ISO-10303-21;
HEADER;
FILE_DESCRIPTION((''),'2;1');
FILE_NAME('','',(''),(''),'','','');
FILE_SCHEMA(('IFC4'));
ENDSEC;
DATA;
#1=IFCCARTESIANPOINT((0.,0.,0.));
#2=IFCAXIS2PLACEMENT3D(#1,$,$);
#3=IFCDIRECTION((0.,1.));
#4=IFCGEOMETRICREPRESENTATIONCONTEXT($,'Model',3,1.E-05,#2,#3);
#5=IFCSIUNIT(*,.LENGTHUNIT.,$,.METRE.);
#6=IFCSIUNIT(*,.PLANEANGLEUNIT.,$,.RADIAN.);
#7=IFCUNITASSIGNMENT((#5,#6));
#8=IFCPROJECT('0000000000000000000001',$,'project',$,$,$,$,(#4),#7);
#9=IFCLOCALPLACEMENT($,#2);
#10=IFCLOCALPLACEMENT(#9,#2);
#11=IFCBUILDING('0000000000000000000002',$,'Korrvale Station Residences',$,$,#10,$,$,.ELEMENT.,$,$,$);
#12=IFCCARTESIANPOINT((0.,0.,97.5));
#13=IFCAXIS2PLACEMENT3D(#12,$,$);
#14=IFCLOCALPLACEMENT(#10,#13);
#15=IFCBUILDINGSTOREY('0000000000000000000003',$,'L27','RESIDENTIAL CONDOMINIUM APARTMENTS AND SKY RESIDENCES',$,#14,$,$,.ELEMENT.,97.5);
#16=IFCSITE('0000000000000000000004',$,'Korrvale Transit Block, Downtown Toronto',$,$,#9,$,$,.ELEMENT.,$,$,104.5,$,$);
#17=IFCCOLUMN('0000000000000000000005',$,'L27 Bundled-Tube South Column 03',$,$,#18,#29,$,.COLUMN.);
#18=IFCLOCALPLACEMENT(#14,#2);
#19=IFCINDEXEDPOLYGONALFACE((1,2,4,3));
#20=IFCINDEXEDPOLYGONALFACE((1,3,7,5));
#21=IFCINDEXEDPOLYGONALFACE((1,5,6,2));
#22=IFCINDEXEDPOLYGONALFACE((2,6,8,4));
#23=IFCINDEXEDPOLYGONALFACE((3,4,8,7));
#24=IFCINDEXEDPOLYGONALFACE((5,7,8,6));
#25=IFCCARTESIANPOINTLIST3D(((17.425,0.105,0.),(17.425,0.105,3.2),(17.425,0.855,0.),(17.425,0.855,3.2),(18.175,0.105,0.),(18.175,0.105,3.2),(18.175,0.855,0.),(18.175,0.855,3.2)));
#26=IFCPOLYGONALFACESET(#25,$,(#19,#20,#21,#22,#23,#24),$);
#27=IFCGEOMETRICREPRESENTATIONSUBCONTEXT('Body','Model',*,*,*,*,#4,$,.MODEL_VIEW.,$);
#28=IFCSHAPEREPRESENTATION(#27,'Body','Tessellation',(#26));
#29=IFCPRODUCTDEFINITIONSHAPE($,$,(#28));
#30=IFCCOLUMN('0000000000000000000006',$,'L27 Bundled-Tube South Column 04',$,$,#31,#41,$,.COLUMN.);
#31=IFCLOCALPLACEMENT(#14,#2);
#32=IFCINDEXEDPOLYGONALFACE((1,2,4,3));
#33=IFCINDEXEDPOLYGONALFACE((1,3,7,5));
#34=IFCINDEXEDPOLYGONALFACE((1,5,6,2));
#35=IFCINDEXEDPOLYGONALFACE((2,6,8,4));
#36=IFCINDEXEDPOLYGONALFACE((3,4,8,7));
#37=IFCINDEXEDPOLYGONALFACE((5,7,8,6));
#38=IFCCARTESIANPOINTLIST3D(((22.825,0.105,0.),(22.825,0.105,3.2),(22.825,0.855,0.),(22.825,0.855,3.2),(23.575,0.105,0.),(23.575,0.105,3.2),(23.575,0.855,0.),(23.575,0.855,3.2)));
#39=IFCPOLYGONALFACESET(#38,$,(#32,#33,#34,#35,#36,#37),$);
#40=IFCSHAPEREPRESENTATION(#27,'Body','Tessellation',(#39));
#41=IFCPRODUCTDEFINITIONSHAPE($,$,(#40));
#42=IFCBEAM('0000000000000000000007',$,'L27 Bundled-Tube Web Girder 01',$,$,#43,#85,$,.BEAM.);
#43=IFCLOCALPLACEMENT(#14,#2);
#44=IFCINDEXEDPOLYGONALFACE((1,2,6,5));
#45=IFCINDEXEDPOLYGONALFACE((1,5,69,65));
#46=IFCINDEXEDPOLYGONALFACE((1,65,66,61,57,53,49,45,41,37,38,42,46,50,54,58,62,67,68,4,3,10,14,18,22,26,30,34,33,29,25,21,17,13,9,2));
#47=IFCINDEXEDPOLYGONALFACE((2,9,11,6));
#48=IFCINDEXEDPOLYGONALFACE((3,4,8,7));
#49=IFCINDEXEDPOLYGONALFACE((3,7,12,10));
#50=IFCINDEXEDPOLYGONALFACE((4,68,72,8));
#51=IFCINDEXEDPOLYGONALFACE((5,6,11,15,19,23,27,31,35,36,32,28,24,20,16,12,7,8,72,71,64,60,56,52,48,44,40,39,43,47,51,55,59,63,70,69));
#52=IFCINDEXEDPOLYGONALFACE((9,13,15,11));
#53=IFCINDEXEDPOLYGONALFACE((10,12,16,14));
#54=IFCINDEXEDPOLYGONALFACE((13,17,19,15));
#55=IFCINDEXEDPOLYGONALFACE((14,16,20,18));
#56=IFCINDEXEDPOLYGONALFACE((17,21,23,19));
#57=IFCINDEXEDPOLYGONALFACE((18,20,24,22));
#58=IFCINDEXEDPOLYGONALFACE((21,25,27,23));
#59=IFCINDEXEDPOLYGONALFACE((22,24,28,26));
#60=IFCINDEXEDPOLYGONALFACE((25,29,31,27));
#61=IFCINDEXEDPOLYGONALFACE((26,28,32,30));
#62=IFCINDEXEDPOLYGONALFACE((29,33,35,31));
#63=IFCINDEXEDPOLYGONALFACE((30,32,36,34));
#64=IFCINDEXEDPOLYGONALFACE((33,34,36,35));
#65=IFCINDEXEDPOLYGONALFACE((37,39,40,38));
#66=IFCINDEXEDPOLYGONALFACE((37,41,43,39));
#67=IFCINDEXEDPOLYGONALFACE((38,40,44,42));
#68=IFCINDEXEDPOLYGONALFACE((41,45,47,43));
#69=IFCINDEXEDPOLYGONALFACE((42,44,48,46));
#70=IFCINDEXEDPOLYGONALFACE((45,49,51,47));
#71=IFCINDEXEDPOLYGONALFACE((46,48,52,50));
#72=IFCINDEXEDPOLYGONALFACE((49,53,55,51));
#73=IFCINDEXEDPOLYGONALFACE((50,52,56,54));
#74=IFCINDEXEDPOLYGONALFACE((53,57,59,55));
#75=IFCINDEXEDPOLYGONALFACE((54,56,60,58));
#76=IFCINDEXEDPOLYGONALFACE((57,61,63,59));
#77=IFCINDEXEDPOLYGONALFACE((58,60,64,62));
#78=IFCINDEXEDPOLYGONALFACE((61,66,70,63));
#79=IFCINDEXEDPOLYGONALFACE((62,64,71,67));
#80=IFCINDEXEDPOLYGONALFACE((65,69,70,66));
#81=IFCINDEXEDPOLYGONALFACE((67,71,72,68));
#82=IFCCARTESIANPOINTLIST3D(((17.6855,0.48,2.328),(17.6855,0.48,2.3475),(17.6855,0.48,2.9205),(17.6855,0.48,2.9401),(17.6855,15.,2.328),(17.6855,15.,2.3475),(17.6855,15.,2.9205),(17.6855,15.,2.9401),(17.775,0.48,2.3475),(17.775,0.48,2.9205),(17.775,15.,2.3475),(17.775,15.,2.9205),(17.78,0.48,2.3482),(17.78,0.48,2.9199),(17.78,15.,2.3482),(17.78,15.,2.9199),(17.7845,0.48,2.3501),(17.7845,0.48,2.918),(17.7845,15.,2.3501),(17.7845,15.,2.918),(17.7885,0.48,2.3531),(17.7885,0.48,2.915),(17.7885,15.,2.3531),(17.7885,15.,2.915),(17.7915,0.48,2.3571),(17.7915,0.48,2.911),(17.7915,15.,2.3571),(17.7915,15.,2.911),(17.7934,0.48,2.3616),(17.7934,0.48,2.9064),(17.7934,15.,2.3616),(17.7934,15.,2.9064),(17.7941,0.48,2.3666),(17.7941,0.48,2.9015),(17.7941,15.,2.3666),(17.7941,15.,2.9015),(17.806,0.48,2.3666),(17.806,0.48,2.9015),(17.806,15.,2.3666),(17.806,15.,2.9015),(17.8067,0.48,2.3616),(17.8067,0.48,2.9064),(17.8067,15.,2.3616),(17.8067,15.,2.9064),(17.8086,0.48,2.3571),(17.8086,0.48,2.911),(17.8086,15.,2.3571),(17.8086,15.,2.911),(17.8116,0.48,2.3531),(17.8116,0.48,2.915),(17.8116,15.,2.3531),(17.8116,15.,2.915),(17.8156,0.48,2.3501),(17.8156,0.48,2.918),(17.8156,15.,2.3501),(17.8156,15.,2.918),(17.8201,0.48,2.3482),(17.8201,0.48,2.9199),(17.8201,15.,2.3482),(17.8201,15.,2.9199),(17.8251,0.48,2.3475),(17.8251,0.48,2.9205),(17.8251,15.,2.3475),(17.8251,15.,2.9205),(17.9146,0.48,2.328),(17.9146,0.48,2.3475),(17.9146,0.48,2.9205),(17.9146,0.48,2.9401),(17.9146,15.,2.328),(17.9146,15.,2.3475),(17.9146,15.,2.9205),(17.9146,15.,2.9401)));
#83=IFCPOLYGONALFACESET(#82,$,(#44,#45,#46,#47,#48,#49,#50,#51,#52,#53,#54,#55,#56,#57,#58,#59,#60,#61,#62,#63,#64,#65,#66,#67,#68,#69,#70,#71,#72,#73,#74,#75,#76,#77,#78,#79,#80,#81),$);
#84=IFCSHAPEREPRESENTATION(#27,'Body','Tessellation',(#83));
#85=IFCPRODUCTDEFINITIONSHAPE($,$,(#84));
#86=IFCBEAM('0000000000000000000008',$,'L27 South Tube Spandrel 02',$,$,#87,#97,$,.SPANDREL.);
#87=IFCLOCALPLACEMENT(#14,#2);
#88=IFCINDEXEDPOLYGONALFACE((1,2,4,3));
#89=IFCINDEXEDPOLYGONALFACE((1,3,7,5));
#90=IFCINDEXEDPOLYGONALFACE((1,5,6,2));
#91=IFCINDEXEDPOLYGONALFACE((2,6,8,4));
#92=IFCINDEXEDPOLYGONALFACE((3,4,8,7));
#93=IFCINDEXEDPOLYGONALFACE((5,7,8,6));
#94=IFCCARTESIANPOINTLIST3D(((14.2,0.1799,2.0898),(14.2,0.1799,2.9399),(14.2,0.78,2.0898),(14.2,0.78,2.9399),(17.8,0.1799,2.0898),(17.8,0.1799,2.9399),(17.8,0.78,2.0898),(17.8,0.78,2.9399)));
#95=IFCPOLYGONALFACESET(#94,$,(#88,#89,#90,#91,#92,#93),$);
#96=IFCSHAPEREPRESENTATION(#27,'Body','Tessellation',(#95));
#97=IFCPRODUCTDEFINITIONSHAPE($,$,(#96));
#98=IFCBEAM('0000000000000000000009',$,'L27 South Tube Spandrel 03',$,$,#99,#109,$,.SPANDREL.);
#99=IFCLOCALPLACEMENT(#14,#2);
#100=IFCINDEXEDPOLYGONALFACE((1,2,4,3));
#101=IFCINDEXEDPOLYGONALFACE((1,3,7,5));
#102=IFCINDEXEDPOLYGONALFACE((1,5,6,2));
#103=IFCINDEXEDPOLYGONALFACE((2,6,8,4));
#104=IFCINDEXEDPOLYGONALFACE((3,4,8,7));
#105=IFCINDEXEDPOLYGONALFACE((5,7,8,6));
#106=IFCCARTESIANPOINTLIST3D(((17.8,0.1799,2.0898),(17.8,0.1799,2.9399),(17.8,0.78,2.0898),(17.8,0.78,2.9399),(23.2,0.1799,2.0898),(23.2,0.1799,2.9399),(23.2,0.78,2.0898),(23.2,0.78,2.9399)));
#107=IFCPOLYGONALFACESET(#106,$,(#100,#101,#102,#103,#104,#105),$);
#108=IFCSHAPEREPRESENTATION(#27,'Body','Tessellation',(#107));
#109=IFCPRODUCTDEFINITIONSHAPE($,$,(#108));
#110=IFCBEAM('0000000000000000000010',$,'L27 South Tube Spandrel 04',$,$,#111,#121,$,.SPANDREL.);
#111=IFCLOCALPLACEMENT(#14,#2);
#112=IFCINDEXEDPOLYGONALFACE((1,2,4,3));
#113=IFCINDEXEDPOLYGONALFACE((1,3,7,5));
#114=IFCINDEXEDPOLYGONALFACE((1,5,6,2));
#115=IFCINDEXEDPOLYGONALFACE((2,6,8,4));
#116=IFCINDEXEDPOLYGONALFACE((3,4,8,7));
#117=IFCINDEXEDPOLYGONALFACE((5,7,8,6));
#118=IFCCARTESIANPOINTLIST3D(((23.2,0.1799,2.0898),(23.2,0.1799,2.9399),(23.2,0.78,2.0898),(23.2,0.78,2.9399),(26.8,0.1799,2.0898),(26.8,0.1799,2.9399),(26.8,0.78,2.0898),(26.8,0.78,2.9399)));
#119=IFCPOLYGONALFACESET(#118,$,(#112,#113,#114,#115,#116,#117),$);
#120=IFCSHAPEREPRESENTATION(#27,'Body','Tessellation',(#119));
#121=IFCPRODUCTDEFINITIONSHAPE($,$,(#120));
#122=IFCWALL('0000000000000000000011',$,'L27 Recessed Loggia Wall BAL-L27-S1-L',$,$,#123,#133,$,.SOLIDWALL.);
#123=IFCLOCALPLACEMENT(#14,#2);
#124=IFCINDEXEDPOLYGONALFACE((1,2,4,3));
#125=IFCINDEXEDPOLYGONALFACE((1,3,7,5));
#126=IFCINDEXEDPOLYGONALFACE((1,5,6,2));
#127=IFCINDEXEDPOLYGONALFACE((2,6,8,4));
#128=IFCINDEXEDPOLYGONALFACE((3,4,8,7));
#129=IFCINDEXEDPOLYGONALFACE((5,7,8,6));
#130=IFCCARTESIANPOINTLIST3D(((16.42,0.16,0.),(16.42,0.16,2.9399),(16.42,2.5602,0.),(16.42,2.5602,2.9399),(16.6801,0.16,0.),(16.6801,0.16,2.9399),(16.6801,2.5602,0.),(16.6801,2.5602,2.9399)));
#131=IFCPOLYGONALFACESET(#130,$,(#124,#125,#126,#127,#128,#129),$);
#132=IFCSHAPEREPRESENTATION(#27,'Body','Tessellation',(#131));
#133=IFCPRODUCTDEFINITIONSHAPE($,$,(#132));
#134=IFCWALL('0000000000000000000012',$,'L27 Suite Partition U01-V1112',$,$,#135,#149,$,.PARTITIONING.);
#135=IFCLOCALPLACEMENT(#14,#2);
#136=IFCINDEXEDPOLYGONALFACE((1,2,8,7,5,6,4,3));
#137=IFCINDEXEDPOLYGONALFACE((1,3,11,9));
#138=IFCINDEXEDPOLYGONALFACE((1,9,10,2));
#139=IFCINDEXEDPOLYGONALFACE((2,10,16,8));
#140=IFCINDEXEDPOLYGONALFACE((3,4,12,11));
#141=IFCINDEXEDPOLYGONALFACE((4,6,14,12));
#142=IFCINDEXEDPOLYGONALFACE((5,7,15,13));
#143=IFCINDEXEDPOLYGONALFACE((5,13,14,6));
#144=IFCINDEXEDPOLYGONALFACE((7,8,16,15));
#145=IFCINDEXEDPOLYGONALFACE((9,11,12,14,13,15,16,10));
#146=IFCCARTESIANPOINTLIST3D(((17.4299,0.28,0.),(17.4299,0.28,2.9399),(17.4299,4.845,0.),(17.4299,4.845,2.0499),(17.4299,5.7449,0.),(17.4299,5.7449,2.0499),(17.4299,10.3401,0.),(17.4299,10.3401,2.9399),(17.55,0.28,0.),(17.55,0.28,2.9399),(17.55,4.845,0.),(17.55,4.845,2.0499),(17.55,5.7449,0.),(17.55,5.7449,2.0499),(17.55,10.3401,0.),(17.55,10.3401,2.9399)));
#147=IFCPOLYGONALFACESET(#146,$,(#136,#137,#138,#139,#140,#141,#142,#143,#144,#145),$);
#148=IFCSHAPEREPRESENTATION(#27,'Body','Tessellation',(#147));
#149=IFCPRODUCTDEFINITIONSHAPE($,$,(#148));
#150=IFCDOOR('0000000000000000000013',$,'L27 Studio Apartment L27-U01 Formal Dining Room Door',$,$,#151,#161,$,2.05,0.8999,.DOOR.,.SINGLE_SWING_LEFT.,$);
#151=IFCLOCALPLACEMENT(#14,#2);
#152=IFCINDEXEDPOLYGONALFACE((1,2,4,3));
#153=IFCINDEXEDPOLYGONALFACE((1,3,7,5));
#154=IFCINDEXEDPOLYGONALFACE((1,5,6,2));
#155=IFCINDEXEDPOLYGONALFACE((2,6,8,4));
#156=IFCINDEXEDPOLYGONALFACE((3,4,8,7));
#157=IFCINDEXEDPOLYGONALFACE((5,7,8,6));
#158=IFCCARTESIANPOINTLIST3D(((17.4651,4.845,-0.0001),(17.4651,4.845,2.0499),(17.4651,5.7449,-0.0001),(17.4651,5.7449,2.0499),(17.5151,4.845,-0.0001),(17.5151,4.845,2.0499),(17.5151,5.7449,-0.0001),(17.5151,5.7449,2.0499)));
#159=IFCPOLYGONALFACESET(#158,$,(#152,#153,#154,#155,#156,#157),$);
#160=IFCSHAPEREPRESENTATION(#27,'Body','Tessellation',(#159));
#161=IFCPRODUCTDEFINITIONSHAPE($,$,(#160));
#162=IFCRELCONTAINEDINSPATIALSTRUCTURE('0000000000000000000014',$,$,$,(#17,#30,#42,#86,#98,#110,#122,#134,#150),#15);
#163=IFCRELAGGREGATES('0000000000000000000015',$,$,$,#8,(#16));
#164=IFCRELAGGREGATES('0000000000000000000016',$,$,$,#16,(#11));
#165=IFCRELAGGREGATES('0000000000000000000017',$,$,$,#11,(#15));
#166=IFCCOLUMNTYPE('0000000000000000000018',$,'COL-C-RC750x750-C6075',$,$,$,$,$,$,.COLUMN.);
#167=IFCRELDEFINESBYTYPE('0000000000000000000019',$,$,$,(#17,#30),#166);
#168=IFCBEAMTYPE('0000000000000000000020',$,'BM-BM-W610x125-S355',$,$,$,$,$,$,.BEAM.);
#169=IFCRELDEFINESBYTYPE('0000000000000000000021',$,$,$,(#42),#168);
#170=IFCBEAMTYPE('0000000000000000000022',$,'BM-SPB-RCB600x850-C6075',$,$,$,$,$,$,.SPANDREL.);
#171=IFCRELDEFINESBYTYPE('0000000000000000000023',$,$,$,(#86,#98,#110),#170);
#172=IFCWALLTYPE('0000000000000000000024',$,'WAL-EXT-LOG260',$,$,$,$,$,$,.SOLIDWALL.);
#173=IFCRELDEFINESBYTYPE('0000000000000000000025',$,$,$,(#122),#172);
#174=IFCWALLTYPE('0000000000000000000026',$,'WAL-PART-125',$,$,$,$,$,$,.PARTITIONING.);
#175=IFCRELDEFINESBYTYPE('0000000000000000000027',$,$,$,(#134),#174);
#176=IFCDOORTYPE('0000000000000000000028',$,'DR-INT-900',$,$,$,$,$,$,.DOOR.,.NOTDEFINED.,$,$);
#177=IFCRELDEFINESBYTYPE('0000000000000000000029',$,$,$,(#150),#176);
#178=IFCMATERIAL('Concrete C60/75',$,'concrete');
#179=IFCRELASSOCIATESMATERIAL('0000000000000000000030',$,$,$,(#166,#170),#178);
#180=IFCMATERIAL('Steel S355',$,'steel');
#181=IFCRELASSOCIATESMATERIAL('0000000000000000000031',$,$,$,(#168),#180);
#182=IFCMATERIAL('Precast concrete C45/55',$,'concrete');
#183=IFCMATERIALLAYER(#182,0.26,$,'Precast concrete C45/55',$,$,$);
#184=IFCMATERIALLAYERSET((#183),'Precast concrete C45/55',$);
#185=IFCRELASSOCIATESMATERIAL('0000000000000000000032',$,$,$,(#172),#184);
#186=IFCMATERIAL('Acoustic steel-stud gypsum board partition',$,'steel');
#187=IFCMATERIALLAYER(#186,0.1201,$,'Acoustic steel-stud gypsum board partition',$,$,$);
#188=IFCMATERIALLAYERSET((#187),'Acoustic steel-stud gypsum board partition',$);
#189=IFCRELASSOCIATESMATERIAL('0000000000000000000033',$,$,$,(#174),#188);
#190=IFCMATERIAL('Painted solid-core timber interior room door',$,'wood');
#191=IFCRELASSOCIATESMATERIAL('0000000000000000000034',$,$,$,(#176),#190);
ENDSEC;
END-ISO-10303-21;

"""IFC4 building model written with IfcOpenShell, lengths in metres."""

from ifc_helpers import new_model, si_unit, direction, frame, frame_2d, origin, origin_2d, place, context, subcontext, project, spatial, rectangle, i_section, extrude, material, layer, layer_set, material_profile, profile_set, type_object, element, fill, save


model = new_model("IFC4")

# Units and contexts
model_context = context("Model", 3, precision=1e-05, world=origin(), true_north=direction((0.0, 1.0)))
body_context = subcontext(model_context, "Body", "Model", "MODEL_VIEW")
ifc_project = project(units=[si_unit("LENGTHUNIT", "METRE"), si_unit("PLANEANGLEUNIT", "RADIAN")], contexts=[model_context])

# Site, building, storey
site_placement = place(None, origin())
site = spatial("IfcSite", under=ifc_project, at=site_placement, Name="Korrvale Transit Block, Downtown Toronto", CompositionType="ELEMENT", RefElevation=104.5)
building_placement = place(site_placement, origin())
building = spatial("IfcBuilding", under=site, at=building_placement, Name="Korrvale Station Residences", CompositionType="ELEMENT")
storey_placement = place(building_placement, frame((0.0, 0.0, 97.5)))
storey = spatial("IfcBuildingStorey", under=building, at=storey_placement, Name="L27", Description="RESIDENTIAL CONDOMINIUM APARTMENTS AND SKY RESIDENCES", CompositionType="ELEMENT", Elevation=97.5)

# Columns
ifc_material_1 = material(Name="Concrete C60/75", Category="concrete")
ifc_material_profile_1 = material_profile(ifc_material_1, rectangle(XDim=0.75, YDim=0.75, at=origin_2d()), Name="RC750x750")
ifc_profile_set_1 = profile_set([ifc_material_profile_1], Name="Concrete C60/75")
column_type = type_object("IfcColumnType", Name="COL-C-RC750x750-C6075", PredefinedType="COLUMN", material=ifc_profile_set_1)
for number, where, z_axis, x_axis, name in (
    (1, (17.8, 0.48, 0.0), (0.0, 0.0, 1.0), (1.0, 0.0, 0.0), "L27 Bundled-Tube South Column 03"),
    (2, (23.2, 0.48, 0.0), (0.0, 0.0, 1.0), (1.0, 0.0, 0.0), "L27 Bundled-Tube South Column 04"),
):
    element("IfcColumn", number, at=place(storey_placement, frame(where, z_axis=z_axis, x_axis=x_axis)), inside=storey, type_object=column_type, Name=name, PredefinedType="COLUMN", context=body_context, shape_type="SweptSolid", body=[
        extrude(rectangle(XDim=0.75, YDim=0.75, at=origin_2d()), origin(), (0.0, 0.0, 1.0), 3.2),
    ])

# Beams
ifc_material_2 = material(Name="Steel S355", Category="steel")
ifc_material_profile_2 = material_profile(ifc_material_2, i_section(OverallWidth=0.229, OverallDepth=0.6121, WebThickness=0.012, FlangeThickness=0.0195, FilletRadius=0.019, at=origin_2d()), Name="W610x125")
ifc_profile_set_2 = profile_set([ifc_material_profile_2], Name="Steel S355")
beam_type_1 = type_object("IfcBeamType", Name="BM-BM-W610x125-S355", PredefinedType="BEAM", material=ifc_profile_set_2)
beam_1_placement = place(storey_placement, frame((17.8, 0.48, 2.634), z_axis=(0.0, 1.0, 0.0), x_axis=(-1.0, 0.0, 0.0)))
element("IfcBeam", 3, at=beam_1_placement, inside=storey, type_object=beam_type_1, Name="L27 Bundled-Tube Web Girder 01", PredefinedType="BEAM", context=body_context, shape_type="SweptSolid", body=[
    extrude(i_section(OverallWidth=0.229, OverallDepth=0.6121, WebThickness=0.012, FlangeThickness=0.0195, FilletRadius=0.019, at=origin_2d()), origin(), (0.0, 0.0, 1.0), 14.52),
])
ifc_material_profile_3 = material_profile(ifc_material_1, rectangle(XDim=0.6001, YDim=0.8501, at=origin_2d()), Name="RCB600x850")
ifc_profile_set_3 = profile_set([ifc_material_profile_3], Name="Concrete C60/75")
beam_type_2 = type_object("IfcBeamType", Name="BM-SPB-RCB600x850-C6075", PredefinedType="SPANDREL", material=ifc_profile_set_3)
beam_2_placement = place(storey_placement, frame((14.2, 0.48, 2.5149), z_axis=(1.0, 0.0, 0.0), x_axis=(0.0, 1.0, 0.0)))
element("IfcBeam", 4, at=beam_2_placement, inside=storey, type_object=beam_type_2, Name="L27 South Tube Spandrel 02", PredefinedType="SPANDREL", context=body_context, shape_type="SweptSolid", body=[
    extrude(rectangle(XDim=0.6001, YDim=0.8501, at=origin_2d()), origin(), (0.0, 0.0, 1.0), 3.6001),
])
beam_3_placement = place(storey_placement, frame((17.8, 0.48, 2.5149), z_axis=(1.0, 0.0, 0.0), x_axis=(0.0, 1.0, 0.0)))
element("IfcBeam", 5, at=beam_3_placement, inside=storey, type_object=beam_type_2, Name="L27 South Tube Spandrel 03", PredefinedType="SPANDREL", context=body_context, shape_type="SweptSolid", body=[
    extrude(rectangle(XDim=0.6001, YDim=0.8501, at=origin_2d()), origin(), (0.0, 0.0, 1.0), 5.3999),
])
beam_4_placement = place(storey_placement, frame((23.2, 0.48, 2.5149), z_axis=(1.0, 0.0, 0.0), x_axis=(0.0, 1.0, 0.0)))
element("IfcBeam", 6, at=beam_4_placement, inside=storey, type_object=beam_type_2, Name="L27 South Tube Spandrel 04", PredefinedType="SPANDREL", context=body_context, shape_type="SweptSolid", body=[
    extrude(rectangle(XDim=0.6001, YDim=0.8501, at=origin_2d()), origin(), (0.0, 0.0, 1.0), 3.6001),
])

# Wall
ifc_material_3 = material(Name="Precast concrete C45/55", Category="concrete")
ifc_layer_1 = layer(ifc_material_3, 0.26, Name="Precast concrete C45/55")
ifc_layer_set_1 = layer_set([ifc_layer_1], Name="Precast concrete C45/55")
wall_type_1 = type_object("IfcWallType", Name="WAL-EXT-LOG260", PredefinedType="SOLIDWALL", material=ifc_layer_set_1)
wall_1_placement = place(storey_placement, frame((16.55, 0.1599, 0.0), z_axis=(0.0, 0.0, 1.0), x_axis=(0.0, 1.0, 0.0)))
element("IfcWall", 7, at=wall_1_placement, inside=storey, type_object=wall_type_1, Name="L27 Recessed Loggia Wall BAL-L27-S1-L", PredefinedType="SOLIDWALL", context=body_context, shape_type="SweptSolid", body=[
    extrude(rectangle(XDim=2.4001, YDim=0.26, at=frame_2d((1.2002, 0.0))), origin(), (0.0, 0.0, 1.0), 2.9399),
])

# Wall, opening, door
ifc_material_4 = material(Name="Acoustic steel-stud gypsum board partition", Category="steel")
ifc_layer_2 = layer(ifc_material_4, 0.1201, Name="Acoustic steel-stud gypsum board partition")
ifc_layer_set_2 = layer_set([ifc_layer_2], Name="Acoustic steel-stud gypsum board partition")
wall_type_2 = type_object("IfcWallType", Name="WAL-PART-125", PredefinedType="PARTITIONING", material=ifc_layer_set_2)
wall_2_placement = place(storey_placement, frame((17.49, 0.28, 0.0), z_axis=(0.0, 0.0, 1.0), x_axis=(0.0, 1.0, 0.0)))
wall_2 = element("IfcWall", 8, at=wall_2_placement, inside=storey, type_object=wall_type_2, Name="L27 Suite Partition U01-V1112", PredefinedType="PARTITIONING", context=body_context, shape_type="SweptSolid", body=[
    extrude(rectangle(XDim=10.0601, YDim=0.1201, at=frame_2d((5.03, 0.0))), origin(), (0.0, 0.0, 1.0), 2.9399),
])
opening_1_placement = place(wall_2_placement, frame((4.5649, 0.0, 0.0)))
opening_1 = element("IfcOpeningElement", 9, at=opening_1_placement, cuts=wall_2, PredefinedType="OPENING", context=body_context, shape_type="SweptSolid", body=[
    extrude(rectangle(XDim=0.8999, YDim=2.05, at=frame_2d((0.45, 1.0249))), frame((0.0, 0.0701, 0.0), z_axis=(0.0, -1.0, 0.0), x_axis=(1.0, 0.0, 0.0)), (0.0, 0.0, 1.0), 0.1401),
])
ifc_material_5 = material(Name="Painted solid-core timber interior room door", Category="wood")
door_type = type_object("IfcDoorType", Name="DR-INT-900", OperationType="NOTDEFINED", PredefinedType="DOOR", material=ifc_material_5)
door_1_placement = place(opening_1_placement, origin())
door_1 = element("IfcDoor", 10, at=door_1_placement, inside=storey, type_object=door_type, Name="L27 Studio Apartment L27-U01 Formal Dining Room Door", OperationType="SINGLE_SWING_LEFT", OverallHeight=2.05, OverallWidth=0.8999, PredefinedType="DOOR", context=body_context, shape_type="SweptSolid", body=[
    extrude(rectangle(XDim=0.8999, YDim=2.05, at=frame_2d((0.45, 1.0249))), frame((0.0, 0.0249, 0.0), z_axis=(0.0, -1.0, 0.0), x_axis=(1.0, 0.0, 0.0)), (0.0, 0.0, 1.0), 0.05),
])
fill(opening_1, door_1)

save(model, "model.ifc")
